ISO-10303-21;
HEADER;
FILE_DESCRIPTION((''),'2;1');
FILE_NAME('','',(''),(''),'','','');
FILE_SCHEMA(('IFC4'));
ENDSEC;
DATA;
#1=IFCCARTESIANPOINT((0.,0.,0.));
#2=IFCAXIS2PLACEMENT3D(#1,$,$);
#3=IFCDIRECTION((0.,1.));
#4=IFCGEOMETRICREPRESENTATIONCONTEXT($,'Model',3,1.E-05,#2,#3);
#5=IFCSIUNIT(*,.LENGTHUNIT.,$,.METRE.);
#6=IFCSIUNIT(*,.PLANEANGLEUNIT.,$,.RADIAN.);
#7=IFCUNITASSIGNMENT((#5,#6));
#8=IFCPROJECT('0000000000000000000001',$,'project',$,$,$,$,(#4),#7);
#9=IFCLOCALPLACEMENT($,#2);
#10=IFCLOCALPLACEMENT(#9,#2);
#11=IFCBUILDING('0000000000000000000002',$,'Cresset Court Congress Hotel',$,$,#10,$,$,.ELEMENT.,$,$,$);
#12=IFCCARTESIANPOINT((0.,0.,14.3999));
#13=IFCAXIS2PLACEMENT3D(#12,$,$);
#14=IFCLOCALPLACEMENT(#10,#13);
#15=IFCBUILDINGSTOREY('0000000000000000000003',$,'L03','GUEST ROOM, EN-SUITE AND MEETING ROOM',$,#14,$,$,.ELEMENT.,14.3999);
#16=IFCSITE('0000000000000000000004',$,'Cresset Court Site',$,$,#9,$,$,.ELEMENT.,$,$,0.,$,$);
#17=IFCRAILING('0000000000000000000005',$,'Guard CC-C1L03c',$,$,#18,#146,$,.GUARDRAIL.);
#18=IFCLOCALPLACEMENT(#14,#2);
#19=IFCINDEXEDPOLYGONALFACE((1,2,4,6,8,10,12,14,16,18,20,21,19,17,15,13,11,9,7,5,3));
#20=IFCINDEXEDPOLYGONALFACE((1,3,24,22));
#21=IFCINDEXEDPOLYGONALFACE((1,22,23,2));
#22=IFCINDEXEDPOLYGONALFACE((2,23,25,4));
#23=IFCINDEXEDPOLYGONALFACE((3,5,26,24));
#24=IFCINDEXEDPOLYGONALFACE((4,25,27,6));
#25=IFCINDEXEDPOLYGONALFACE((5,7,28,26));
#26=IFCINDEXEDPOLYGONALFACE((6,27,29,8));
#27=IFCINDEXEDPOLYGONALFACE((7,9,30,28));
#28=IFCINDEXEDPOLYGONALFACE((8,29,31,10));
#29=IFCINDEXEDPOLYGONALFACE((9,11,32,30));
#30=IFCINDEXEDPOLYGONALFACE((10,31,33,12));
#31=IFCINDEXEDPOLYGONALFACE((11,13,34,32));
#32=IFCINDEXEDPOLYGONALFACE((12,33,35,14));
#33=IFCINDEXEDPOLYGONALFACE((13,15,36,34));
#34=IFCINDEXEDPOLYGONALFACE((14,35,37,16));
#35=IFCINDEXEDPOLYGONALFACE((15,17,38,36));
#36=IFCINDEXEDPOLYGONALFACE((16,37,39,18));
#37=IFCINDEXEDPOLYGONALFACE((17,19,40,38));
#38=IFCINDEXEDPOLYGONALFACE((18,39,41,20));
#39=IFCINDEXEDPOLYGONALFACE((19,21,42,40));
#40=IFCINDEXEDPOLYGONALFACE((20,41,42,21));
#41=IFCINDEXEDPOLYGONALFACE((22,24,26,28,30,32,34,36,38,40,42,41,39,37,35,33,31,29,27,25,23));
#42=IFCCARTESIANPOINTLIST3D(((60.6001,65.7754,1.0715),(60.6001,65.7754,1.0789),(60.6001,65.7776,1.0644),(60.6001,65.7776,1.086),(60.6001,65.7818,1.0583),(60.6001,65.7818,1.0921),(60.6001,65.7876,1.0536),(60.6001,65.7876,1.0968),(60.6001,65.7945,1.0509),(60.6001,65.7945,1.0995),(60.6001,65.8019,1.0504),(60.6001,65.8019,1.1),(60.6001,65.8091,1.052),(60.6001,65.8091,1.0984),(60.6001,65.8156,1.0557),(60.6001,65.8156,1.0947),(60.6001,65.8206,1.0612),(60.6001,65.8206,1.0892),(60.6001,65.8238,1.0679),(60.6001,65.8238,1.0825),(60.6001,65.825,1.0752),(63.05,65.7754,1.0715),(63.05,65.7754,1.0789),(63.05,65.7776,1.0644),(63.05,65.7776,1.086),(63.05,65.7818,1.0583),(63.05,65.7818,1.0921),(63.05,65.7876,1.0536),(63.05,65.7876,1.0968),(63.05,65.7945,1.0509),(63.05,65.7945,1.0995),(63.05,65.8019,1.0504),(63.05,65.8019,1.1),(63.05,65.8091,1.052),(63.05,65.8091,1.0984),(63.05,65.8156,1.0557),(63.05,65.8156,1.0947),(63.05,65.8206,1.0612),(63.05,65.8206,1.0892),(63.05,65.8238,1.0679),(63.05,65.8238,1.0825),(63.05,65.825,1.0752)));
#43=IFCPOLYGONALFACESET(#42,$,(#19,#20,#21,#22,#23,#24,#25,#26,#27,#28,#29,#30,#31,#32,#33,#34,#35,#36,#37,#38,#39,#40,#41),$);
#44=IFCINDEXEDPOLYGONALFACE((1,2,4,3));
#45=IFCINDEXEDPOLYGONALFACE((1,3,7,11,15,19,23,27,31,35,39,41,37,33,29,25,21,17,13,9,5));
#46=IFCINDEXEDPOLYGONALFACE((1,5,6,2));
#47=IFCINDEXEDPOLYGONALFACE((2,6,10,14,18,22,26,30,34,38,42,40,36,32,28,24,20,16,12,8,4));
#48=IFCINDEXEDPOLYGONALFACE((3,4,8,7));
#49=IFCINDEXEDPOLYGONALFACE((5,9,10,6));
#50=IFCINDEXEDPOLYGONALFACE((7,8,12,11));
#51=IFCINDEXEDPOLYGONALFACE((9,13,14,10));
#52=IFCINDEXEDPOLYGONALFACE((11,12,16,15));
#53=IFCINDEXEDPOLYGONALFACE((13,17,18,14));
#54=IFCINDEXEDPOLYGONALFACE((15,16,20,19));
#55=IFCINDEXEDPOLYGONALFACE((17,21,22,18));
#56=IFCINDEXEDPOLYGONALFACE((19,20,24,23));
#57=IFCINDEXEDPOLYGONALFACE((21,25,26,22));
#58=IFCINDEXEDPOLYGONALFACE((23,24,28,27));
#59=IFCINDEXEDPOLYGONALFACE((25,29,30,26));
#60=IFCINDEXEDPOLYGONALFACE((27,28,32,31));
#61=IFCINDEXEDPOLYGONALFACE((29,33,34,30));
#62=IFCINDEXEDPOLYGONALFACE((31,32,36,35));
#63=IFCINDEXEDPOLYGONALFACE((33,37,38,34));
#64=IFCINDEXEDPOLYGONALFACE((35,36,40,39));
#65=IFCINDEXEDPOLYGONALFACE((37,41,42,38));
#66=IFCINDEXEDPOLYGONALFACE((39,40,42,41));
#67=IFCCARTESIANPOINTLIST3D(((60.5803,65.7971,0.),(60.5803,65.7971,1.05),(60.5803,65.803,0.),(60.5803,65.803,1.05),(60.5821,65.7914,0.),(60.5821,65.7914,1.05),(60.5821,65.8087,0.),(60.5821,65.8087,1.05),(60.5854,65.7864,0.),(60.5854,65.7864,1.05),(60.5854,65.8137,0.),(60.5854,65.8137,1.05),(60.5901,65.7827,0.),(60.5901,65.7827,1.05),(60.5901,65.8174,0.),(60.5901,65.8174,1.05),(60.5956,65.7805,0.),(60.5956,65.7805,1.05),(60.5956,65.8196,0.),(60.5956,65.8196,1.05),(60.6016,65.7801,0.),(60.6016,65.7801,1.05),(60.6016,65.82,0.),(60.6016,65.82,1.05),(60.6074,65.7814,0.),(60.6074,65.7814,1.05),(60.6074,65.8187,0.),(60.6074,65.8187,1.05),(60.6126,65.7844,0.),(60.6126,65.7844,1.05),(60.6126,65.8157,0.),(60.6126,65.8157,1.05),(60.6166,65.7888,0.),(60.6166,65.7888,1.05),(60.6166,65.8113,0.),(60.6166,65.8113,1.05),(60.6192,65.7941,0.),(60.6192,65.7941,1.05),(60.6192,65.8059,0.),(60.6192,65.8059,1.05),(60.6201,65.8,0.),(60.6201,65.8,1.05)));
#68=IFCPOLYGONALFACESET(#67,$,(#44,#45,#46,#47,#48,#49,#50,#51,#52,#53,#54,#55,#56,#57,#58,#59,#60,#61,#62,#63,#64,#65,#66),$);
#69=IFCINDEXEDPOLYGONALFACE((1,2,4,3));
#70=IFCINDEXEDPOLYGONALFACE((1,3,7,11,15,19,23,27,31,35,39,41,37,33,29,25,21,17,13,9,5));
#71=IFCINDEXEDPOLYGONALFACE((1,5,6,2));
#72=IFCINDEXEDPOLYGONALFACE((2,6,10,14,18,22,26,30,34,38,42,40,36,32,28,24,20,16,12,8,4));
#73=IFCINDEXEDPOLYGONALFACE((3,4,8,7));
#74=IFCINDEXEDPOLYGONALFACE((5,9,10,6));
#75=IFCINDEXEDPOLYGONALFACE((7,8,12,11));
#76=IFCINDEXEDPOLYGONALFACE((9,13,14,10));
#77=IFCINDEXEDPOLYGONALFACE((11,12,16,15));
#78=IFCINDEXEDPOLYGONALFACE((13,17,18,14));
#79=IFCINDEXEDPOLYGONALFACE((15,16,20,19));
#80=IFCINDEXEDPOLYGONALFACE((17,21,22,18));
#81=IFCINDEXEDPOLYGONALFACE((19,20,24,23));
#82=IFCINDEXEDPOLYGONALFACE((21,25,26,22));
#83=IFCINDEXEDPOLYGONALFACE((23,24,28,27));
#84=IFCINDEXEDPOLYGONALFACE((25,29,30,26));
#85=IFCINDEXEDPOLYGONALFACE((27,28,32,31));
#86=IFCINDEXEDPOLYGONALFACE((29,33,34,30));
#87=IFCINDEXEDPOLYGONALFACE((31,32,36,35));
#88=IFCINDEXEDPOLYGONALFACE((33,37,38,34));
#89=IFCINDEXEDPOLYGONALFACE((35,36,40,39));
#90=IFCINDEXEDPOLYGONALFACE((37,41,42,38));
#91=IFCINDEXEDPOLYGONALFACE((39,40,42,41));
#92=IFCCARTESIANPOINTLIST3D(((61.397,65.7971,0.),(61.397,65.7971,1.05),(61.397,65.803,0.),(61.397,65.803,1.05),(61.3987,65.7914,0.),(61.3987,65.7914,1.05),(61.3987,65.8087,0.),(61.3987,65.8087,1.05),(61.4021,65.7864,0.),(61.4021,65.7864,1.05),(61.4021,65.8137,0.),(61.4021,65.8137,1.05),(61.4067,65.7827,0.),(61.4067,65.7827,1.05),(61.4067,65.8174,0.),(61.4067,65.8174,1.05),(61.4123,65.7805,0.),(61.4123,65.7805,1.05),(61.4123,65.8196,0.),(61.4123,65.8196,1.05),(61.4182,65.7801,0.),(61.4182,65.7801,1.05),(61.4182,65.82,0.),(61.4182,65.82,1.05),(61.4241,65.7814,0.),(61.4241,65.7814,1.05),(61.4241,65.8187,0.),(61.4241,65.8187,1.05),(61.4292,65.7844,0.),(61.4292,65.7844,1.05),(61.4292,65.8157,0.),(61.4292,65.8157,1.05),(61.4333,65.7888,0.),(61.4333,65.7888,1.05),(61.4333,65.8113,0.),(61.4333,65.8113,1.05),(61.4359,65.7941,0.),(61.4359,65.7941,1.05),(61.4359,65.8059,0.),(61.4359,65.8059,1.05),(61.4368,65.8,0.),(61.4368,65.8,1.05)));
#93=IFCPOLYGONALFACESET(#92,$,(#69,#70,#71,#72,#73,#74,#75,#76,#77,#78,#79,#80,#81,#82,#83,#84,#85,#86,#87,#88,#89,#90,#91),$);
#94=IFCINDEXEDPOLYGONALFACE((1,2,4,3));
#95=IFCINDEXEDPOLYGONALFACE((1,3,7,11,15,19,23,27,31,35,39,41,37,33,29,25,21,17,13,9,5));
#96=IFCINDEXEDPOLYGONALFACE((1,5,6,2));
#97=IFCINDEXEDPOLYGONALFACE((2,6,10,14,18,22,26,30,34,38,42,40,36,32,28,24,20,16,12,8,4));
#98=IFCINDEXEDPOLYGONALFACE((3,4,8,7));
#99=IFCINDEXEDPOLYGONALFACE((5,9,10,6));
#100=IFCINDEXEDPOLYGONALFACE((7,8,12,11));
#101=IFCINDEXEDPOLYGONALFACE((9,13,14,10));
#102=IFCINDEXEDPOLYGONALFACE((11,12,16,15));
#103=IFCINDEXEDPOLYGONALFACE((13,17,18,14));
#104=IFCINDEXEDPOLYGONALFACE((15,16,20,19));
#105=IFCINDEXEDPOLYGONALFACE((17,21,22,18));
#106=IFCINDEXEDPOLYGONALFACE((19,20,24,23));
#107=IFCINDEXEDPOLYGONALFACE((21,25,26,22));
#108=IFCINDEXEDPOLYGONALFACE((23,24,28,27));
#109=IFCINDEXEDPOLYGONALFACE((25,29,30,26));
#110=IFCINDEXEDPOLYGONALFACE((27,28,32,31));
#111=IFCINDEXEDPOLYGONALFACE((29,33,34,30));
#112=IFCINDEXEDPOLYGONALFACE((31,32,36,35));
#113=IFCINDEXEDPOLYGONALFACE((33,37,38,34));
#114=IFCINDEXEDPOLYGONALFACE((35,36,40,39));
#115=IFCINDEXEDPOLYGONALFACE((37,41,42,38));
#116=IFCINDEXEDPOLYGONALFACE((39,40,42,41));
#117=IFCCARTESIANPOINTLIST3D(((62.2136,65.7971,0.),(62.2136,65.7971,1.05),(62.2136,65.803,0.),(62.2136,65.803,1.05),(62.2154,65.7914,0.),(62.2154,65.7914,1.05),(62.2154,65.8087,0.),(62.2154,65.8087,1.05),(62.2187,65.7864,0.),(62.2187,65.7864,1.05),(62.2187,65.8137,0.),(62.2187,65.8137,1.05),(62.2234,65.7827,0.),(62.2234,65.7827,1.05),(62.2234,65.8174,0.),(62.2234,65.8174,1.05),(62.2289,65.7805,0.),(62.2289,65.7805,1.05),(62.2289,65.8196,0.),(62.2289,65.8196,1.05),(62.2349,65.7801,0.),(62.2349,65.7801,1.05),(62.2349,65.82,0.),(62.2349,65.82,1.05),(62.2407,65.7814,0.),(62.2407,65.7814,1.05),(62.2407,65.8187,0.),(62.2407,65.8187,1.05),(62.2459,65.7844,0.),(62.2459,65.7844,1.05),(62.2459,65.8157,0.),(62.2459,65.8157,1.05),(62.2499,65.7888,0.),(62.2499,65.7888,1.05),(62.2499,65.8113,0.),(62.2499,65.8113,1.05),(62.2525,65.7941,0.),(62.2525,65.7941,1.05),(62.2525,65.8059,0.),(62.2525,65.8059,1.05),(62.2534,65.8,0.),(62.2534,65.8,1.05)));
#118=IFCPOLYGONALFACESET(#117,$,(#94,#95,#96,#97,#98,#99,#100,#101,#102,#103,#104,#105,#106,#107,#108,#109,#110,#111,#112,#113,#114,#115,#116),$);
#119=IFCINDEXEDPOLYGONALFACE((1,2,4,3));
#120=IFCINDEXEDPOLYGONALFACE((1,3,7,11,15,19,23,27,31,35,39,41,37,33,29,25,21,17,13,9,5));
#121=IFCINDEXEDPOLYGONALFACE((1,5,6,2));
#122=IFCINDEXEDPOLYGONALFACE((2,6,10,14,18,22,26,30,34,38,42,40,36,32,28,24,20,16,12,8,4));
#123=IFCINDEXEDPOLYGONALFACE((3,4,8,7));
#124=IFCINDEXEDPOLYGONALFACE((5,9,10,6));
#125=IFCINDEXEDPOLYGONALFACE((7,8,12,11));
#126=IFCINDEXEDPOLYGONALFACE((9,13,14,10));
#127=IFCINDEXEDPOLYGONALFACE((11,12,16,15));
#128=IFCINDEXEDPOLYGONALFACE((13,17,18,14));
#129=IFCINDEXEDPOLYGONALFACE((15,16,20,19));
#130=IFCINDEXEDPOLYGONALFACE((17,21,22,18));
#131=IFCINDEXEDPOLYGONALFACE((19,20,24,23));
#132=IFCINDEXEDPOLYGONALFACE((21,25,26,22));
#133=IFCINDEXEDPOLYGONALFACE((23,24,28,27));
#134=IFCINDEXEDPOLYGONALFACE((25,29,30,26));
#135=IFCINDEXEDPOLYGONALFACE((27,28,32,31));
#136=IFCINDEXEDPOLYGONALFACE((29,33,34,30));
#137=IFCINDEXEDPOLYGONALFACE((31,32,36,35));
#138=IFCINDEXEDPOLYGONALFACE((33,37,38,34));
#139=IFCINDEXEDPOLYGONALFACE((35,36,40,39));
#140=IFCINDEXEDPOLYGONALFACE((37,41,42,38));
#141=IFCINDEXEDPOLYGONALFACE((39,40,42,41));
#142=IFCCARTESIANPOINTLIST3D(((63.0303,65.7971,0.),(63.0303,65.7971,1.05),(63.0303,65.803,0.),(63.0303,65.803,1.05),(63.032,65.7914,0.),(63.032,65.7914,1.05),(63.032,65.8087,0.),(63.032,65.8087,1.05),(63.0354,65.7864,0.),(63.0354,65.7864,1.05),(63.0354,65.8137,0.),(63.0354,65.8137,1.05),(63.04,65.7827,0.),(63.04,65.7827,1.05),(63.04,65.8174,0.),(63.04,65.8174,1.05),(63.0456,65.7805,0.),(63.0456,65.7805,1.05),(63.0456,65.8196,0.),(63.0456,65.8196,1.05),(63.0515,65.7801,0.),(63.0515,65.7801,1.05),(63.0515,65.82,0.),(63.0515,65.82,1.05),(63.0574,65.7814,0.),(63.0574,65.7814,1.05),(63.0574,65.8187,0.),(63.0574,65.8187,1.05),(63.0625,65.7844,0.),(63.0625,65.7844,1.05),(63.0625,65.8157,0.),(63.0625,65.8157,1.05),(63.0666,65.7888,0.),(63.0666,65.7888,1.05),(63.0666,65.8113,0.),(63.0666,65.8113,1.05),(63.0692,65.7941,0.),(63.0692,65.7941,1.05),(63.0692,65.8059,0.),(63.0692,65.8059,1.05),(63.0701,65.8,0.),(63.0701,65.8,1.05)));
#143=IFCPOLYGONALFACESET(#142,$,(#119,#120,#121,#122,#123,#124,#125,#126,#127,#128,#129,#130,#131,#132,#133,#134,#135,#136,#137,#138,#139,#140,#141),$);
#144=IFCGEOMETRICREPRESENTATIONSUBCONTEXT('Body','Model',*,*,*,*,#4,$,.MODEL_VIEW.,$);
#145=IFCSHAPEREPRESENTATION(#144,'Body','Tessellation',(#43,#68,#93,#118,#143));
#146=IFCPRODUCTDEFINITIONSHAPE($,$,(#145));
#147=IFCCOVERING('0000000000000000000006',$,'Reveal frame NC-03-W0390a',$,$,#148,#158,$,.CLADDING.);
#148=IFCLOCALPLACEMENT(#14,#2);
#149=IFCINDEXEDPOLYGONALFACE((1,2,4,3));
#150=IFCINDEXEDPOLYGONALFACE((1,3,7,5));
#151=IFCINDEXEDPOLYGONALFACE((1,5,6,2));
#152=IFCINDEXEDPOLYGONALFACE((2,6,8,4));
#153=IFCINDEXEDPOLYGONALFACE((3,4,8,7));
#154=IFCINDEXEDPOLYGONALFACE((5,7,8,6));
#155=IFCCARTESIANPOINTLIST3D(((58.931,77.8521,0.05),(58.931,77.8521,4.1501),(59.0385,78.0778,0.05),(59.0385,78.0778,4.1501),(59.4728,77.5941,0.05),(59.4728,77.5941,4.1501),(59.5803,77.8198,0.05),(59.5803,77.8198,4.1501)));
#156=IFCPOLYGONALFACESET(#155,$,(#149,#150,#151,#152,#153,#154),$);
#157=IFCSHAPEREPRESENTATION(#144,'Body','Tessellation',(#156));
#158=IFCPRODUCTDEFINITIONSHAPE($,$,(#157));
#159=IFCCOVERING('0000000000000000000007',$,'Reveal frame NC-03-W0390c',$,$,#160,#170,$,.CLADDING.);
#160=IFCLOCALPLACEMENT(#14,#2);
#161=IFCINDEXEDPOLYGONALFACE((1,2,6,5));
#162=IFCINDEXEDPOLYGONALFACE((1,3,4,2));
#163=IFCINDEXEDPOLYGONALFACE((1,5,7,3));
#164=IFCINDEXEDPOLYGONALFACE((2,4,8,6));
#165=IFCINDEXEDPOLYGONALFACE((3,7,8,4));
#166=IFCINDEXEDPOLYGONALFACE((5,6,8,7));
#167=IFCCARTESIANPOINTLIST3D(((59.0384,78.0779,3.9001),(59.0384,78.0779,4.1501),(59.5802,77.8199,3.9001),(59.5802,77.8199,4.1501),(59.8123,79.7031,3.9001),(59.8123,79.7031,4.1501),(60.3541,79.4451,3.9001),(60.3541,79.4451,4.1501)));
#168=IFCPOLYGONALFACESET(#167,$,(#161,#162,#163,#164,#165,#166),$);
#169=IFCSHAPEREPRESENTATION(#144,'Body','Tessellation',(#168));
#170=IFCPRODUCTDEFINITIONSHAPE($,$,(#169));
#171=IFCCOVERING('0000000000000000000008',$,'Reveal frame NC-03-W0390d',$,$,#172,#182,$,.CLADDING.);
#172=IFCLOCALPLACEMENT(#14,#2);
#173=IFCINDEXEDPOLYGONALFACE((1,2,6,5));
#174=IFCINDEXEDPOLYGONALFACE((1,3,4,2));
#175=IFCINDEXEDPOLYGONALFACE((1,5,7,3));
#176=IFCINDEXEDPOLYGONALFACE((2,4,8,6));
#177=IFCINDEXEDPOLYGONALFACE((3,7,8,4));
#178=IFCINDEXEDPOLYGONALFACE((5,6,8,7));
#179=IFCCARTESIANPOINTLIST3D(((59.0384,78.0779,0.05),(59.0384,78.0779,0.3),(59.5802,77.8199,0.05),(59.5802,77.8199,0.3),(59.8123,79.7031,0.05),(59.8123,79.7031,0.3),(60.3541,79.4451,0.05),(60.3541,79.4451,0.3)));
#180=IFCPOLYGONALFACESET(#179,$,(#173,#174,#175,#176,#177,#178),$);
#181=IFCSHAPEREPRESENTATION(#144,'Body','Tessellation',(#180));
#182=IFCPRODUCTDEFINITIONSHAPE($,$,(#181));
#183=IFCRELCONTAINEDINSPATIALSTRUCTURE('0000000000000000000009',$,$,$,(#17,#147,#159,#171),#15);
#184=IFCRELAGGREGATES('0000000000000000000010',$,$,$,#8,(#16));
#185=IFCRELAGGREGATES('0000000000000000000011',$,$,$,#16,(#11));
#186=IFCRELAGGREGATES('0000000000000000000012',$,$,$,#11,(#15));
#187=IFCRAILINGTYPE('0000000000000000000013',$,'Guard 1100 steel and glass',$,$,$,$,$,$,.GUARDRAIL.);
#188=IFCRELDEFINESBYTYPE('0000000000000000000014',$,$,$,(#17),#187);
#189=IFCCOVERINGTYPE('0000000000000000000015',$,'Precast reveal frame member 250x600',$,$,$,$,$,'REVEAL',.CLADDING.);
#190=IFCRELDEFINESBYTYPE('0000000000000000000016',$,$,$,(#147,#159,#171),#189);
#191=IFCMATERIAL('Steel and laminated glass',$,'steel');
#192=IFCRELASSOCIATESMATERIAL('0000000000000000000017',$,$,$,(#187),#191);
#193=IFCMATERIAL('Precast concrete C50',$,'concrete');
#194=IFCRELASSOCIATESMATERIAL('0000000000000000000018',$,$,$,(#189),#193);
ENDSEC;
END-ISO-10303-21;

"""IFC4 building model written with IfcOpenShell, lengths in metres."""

from ifc_helpers import new_model, si_unit, direction, frame, origin, origin_2d, place, context, subcontext, project, spatial, rectangle, circle, extrude, material, type_object, element, save


model = new_model("IFC4")

# Units and contexts
model_context = context("Model", 3, precision=1e-05, world=origin(), true_north=direction((0.0, 1.0)))
body_context = subcontext(model_context, "Body", "Model", "MODEL_VIEW")
ifc_project = project(units=[si_unit("LENGTHUNIT", "METRE"), si_unit("PLANEANGLEUNIT", "RADIAN")], contexts=[model_context])

# Site, building, storey
site_placement = place(None, origin())
site = spatial("IfcSite", under=ifc_project, at=site_placement, Name="Cresset Court Site", CompositionType="ELEMENT", RefElevation=0.0)
building_placement = place(site_placement, origin())
building = spatial("IfcBuilding", under=site, at=building_placement, Name="Cresset Court Congress Hotel", CompositionType="ELEMENT")
storey_placement = place(building_placement, frame((0.0, 0.0, 14.3999)))
storey = spatial("IfcBuildingStorey", under=building, at=storey_placement, Name="L03", Description="GUEST ROOM, EN-SUITE AND MEETING ROOM", CompositionType="ELEMENT", Elevation=14.3999)

# Railing
ifc_material_1 = material(Name="Steel and laminated glass", Category="steel")
railing_type = type_object("IfcRailingType", Name="Guard 1100 steel and glass", PredefinedType="GUARDRAIL", material=ifc_material_1)
railing_1_placement = place(storey_placement, frame((60.6001, 65.8, 0.0)))
element("IfcRailing", 1, at=railing_1_placement, inside=storey, type_object=railing_type, Name="Guard CC-C1L03c", PredefinedType="GUARDRAIL", context=body_context, shape_type="SweptSolid", body=[
    extrude(circle(Radius=0.0249, at=origin_2d()), frame((0.0, 0.0, 1.0752), z_axis=(1.0, 0.0, 0.0), x_axis=(0.0, 1.0, 0.0)), (0.0, 0.0, 1.0), 2.45),
    extrude(circle(Radius=0.02, at=origin_2d()), origin(), (0.0, 0.0, 1.0), 1.05),
    extrude(circle(Radius=0.02, at=origin_2d()), frame((0.8167, 0.0, 0.0)), (0.0, 0.0, 1.0), 1.05),
    extrude(circle(Radius=0.02, at=origin_2d()), frame((1.6333, 0.0, 0.0)), (0.0, 0.0, 1.0), 1.05),
    extrude(circle(Radius=0.02, at=origin_2d()), frame((2.45, 0.0, 0.0)), (0.0, 0.0, 1.0), 1.05),
])

# Coverings
ifc_material_2 = material(Name="Precast concrete C50", Category="concrete")
covering_type = type_object("IfcCoveringType", Name="Precast reveal frame member 250x600", ElementType="REVEAL", PredefinedType="CLADDING", material=ifc_material_2)
covering_placement = place(storey_placement, frame((59.2556, 77.8359, 0.05), z_axis=(0.0, 0.0, 1.0), x_axis=(0.429933, 0.902861, 0.0)))
element("IfcCovering", 2, at=covering_placement, inside=storey, type_object=covering_type, Name="Reveal frame NC-03-W0390a", PredefinedType="CLADDING", context=body_context, shape_type="SweptSolid", body=[
    extrude(rectangle(XDim=0.25, YDim=0.6001, at=origin_2d()), origin(), (0.0, 0.0, 1.0), 4.1001),
])
for number, where, z_axis, x_axis, name in (
    (3, (59.6963, 78.7615, 3.9001), (0.0, 0.0, 1.0), (0.429933, 0.902861, 0.0), "Reveal frame NC-03-W0390c"),
    (4, (59.6963, 78.7615, 0.05), (0.0, 0.0, 1.0), (0.429933, 0.902861, 0.0), "Reveal frame NC-03-W0390d"),
):
    element("IfcCovering", number, at=place(storey_placement, frame(where, z_axis=z_axis, x_axis=x_axis)), inside=storey, type_object=covering_type, Name=name, PredefinedType="CLADDING", context=body_context, shape_type="SweptSolid", body=[
        extrude(rectangle(XDim=1.8, YDim=0.6001, at=origin_2d()), origin(), (0.0, 0.0, 1.0), 0.25),
    ])

save(model, "model.ifc")
